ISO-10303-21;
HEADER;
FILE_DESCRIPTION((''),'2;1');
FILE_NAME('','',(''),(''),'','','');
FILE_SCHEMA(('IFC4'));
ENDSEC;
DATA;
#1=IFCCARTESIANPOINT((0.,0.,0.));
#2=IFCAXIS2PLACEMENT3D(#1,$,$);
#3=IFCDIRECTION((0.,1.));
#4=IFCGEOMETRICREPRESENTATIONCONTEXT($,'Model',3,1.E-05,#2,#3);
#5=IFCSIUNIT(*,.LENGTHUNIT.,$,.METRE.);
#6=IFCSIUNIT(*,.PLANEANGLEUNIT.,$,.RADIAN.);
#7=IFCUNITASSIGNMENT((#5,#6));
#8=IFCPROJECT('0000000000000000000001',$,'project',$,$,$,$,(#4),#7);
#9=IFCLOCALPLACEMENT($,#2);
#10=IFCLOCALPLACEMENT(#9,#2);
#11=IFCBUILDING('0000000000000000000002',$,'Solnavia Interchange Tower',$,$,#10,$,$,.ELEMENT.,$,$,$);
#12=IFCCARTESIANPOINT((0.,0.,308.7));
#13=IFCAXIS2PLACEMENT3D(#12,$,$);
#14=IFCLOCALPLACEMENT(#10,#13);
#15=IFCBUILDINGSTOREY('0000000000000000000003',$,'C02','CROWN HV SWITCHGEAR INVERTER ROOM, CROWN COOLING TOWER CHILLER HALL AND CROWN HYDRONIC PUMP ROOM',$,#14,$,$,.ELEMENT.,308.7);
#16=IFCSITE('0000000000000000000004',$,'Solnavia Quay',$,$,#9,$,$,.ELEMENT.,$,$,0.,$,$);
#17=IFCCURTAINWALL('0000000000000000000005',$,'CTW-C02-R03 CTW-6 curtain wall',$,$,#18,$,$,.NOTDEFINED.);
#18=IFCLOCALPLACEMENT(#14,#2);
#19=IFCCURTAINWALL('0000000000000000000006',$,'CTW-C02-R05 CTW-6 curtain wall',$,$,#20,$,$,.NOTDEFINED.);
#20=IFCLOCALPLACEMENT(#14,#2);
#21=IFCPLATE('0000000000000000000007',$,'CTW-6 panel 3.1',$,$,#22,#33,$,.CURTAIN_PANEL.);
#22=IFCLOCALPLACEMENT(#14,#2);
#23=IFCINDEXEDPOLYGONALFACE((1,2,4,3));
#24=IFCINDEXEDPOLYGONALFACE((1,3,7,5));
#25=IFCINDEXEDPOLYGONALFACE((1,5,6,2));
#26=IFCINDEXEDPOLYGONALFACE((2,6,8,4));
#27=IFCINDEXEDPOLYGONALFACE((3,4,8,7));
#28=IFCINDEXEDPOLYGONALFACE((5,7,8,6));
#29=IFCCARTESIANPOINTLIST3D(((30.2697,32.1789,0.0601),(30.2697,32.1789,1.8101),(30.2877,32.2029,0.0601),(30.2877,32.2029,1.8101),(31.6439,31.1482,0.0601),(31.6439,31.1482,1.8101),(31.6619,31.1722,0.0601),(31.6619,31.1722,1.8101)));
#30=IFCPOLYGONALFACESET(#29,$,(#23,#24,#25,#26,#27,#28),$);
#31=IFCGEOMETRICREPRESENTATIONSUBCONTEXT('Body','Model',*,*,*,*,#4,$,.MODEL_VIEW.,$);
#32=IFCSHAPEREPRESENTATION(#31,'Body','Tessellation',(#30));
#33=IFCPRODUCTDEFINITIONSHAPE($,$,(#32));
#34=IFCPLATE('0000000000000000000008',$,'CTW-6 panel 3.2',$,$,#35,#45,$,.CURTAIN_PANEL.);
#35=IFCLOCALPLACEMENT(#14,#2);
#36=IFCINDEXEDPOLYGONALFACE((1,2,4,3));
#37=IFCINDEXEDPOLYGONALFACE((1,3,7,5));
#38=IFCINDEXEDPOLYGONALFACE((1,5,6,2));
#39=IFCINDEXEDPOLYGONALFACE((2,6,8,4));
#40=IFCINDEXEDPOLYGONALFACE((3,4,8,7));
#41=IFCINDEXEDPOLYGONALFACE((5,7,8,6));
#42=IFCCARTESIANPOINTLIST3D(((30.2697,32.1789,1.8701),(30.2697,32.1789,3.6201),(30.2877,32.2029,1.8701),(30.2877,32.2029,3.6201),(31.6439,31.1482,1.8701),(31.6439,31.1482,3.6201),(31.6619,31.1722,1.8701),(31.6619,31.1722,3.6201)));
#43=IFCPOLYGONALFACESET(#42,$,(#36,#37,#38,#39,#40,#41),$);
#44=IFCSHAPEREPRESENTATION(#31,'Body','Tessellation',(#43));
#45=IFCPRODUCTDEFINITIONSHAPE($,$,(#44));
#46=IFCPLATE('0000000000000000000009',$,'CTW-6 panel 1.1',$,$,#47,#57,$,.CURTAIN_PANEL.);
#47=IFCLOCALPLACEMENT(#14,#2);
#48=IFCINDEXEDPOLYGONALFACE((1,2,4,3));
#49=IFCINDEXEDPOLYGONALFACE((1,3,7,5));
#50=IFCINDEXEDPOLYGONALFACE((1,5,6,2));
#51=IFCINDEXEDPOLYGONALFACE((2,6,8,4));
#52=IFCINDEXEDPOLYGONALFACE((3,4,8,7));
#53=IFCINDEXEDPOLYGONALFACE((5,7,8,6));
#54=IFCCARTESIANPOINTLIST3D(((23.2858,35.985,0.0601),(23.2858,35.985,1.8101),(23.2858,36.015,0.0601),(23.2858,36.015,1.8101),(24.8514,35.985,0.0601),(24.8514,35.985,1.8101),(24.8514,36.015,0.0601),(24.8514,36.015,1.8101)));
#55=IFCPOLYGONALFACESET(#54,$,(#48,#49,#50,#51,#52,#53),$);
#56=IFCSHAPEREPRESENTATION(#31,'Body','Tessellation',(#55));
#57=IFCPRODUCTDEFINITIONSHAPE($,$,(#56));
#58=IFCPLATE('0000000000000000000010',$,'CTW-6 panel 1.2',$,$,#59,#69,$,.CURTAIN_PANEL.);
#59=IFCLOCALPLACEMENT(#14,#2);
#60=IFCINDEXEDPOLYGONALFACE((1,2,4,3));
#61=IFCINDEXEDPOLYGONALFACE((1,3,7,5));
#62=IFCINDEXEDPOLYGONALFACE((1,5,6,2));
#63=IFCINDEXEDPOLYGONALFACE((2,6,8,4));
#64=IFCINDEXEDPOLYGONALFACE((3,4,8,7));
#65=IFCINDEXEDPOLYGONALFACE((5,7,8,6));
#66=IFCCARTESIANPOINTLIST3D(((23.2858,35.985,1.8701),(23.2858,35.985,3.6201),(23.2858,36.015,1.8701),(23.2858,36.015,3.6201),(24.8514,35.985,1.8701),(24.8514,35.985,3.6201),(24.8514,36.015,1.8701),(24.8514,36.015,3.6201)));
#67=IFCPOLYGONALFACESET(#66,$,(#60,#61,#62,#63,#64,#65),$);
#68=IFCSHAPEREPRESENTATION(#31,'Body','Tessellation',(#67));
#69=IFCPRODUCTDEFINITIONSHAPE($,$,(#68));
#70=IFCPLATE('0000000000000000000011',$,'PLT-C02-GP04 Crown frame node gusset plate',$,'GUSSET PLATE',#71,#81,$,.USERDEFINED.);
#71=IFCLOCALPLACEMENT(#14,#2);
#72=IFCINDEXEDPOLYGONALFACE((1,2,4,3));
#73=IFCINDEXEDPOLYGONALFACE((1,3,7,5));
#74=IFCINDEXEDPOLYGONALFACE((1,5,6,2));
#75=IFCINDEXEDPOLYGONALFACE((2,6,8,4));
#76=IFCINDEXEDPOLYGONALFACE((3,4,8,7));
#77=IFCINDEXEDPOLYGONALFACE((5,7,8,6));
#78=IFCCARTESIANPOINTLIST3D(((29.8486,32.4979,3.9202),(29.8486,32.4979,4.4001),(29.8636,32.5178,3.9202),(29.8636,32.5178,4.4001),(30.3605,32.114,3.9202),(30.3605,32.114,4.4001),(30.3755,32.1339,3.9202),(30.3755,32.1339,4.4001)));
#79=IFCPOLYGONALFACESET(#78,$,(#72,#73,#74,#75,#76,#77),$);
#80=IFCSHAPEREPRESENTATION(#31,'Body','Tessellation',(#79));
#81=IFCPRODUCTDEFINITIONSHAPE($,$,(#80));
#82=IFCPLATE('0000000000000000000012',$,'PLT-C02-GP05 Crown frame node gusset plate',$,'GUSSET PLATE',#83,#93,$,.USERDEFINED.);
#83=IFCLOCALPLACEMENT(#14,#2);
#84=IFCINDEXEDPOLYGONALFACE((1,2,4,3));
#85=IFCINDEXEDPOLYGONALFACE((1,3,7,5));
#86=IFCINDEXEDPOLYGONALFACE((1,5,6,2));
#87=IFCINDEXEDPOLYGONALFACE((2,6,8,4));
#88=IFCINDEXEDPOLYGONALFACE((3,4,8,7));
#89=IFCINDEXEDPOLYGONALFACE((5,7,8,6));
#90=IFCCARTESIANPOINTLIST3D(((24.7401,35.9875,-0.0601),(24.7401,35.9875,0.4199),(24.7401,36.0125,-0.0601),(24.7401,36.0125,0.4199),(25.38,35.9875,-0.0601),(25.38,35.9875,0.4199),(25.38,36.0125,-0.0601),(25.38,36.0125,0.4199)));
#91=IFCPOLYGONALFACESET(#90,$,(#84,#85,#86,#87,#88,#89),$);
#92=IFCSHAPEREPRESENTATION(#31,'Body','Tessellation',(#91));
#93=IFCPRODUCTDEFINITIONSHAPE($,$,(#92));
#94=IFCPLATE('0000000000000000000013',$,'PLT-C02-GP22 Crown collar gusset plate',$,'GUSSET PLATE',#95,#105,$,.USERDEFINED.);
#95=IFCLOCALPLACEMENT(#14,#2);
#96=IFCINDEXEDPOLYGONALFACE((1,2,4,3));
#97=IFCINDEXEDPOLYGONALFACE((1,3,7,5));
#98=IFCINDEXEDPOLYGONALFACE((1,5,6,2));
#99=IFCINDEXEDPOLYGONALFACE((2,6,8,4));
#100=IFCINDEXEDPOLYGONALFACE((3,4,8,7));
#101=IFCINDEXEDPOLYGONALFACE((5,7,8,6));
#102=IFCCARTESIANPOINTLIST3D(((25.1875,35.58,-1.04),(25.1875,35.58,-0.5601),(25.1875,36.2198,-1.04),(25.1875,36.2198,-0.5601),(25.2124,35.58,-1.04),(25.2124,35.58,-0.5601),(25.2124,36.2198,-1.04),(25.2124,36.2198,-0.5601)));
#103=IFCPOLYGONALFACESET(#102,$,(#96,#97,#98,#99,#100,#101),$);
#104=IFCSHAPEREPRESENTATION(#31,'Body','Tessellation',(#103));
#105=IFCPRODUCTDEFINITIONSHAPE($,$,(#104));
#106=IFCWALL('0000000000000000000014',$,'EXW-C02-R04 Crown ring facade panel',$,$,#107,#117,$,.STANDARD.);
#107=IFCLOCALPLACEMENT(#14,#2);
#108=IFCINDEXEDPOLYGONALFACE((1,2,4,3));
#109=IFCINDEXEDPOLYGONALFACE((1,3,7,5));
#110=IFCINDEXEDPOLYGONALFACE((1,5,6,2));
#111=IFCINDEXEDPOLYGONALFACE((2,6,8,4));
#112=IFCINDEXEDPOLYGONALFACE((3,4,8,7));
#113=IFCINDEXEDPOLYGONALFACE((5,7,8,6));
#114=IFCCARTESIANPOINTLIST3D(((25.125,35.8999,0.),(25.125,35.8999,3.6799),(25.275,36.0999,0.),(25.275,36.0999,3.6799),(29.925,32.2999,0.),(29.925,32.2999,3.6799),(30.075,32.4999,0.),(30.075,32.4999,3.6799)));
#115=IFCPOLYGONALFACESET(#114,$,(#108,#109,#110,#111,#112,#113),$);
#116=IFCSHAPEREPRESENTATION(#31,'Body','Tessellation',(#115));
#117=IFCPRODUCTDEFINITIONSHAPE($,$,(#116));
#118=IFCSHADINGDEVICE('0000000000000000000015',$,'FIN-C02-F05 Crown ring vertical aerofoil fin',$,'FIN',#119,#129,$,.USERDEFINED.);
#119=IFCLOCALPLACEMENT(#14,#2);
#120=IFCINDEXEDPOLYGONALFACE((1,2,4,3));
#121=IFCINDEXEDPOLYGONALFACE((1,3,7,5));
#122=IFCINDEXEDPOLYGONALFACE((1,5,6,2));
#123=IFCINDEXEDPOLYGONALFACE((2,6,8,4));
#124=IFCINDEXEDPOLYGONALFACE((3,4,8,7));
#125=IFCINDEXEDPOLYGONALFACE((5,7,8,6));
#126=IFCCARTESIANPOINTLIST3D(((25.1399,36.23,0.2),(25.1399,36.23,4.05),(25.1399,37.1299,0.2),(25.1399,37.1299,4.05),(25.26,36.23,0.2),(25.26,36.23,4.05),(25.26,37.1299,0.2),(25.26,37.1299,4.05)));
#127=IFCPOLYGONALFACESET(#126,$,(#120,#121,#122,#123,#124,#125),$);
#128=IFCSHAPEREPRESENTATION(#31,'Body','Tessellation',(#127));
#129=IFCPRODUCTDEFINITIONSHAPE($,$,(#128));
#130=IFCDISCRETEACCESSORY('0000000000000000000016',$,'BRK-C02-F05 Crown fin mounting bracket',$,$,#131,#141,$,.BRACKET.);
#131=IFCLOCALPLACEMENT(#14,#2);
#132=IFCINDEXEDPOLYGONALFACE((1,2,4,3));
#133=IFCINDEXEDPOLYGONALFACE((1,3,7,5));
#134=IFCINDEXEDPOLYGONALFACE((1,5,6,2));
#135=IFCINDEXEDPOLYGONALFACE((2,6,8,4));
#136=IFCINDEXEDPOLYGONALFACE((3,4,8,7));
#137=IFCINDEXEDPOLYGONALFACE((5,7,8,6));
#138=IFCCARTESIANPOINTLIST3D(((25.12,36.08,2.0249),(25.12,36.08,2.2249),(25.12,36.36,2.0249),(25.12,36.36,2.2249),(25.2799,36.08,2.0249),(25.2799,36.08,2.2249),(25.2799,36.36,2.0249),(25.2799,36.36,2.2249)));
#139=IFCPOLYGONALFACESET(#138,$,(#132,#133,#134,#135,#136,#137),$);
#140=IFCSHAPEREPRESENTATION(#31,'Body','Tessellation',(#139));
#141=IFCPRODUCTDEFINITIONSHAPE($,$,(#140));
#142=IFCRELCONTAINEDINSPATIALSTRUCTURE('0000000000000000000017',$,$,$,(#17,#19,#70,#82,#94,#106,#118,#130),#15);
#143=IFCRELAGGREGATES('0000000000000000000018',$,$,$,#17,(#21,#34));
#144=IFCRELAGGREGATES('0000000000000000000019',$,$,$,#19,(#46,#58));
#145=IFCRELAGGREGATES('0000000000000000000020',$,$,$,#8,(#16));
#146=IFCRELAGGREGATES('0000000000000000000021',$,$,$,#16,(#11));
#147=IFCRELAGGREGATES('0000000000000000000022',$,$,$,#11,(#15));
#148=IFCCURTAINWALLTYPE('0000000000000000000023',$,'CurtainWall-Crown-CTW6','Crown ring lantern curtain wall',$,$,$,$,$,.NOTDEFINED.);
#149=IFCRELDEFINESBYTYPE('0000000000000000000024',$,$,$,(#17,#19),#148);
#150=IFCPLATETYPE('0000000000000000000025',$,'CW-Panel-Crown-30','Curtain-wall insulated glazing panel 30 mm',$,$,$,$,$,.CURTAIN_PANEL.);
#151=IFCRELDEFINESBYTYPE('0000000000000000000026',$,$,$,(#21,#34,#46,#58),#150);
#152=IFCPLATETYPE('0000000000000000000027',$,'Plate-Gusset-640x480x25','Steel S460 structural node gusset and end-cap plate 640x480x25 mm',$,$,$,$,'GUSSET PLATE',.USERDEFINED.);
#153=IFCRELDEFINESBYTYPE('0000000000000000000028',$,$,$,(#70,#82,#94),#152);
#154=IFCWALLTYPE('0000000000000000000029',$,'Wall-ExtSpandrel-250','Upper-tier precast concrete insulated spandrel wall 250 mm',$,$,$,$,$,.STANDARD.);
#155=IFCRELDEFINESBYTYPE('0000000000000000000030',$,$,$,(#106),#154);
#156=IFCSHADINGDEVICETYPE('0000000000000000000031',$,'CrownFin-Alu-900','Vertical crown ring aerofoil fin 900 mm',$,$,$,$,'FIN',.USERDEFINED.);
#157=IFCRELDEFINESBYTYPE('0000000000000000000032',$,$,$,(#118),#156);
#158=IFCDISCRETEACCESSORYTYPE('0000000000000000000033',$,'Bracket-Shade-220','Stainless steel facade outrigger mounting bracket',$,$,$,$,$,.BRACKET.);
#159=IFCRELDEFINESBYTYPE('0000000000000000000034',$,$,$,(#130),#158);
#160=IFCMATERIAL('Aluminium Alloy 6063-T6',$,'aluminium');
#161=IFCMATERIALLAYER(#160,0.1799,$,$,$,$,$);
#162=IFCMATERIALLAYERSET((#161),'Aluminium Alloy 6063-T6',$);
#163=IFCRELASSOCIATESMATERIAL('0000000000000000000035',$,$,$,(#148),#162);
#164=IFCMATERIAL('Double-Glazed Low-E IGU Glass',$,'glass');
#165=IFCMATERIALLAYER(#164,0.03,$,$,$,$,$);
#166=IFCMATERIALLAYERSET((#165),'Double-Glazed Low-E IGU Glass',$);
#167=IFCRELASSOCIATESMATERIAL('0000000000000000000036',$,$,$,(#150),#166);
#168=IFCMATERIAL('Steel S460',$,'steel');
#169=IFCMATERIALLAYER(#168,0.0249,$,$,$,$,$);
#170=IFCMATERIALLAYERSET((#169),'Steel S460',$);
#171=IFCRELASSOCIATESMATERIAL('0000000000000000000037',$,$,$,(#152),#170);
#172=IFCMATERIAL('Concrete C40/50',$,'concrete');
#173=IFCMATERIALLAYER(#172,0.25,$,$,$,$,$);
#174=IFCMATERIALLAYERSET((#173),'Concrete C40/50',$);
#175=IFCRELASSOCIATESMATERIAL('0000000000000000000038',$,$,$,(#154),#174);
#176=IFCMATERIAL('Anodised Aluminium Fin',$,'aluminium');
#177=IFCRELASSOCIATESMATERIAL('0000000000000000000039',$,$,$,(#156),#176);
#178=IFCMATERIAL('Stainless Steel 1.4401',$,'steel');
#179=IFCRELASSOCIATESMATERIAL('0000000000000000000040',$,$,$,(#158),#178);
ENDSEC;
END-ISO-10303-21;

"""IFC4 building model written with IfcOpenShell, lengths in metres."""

from ifc_helpers import new_model, si_unit, direction, frame, frame_2d, origin, origin_2d, place, context, subcontext, project, spatial, rectangle, extrude, material, layer, layer_set, type_object, element, aggregate, save


model = new_model("IFC4")

# Units and contexts
model_context = context("Model", 3, precision=1e-05, world=origin(), true_north=direction((0.0, 1.0)))
body_context = subcontext(model_context, "Body", "Model", "MODEL_VIEW")
ifc_project = project(units=[si_unit("LENGTHUNIT", "METRE"), si_unit("PLANEANGLEUNIT", "RADIAN")], contexts=[model_context])

# Site, building, storey
site_placement = place(None, origin())
site = spatial("IfcSite", under=ifc_project, at=site_placement, Name="Solnavia Quay", CompositionType="ELEMENT", RefElevation=0.0)
building_placement = place(site_placement, origin())
building = spatial("IfcBuilding", under=site, at=building_placement, Name="Solnavia Interchange Tower", CompositionType="ELEMENT")
storey_placement = place(building_placement, frame((0.0, 0.0, 308.7)))
storey = spatial("IfcBuildingStorey", under=building, at=storey_placement, Name="C02", Description="CROWN HV SWITCHGEAR INVERTER ROOM, CROWN COOLING TOWER CHILLER HALL AND CROWN HYDRONIC PUMP ROOM", CompositionType="ELEMENT", Elevation=308.7)

# Shared definitions
ifc_material_1 = material(Name="Steel S460", Category="steel")

# Curtain wall
ifc_material_2 = material(Name="Aluminium Alloy 6063-T6", Category="aluminium")
ifc_layer_1 = layer(ifc_material_2, 0.1799)
ifc_layer_set_1 = layer_set([ifc_layer_1], Name="Aluminium Alloy 6063-T6")
curtain_wall_type = type_object("IfcCurtainWallType", Name="CurtainWall-Crown-CTW6", Description="Crown ring lantern curtain wall", PredefinedType="NOTDEFINED", material=ifc_layer_set_1)
curtain_wall_1_placement = place(storey_placement, origin())
curtain_wall_1 = element("IfcCurtainWall", 1, at=curtain_wall_1_placement, inside=storey, type_object=curtain_wall_type, Name="CTW-C02-R03 CTW-6 curtain wall", PredefinedType="NOTDEFINED")

# Curtain wall
curtain_wall_2_placement = place(storey_placement, origin())
curtain_wall_2 = element("IfcCurtainWall", 2, at=curtain_wall_2_placement, inside=storey, type_object=curtain_wall_type, Name="CTW-C02-R05 CTW-6 curtain wall", PredefinedType="NOTDEFINED")

# Plates
ifc_material_3 = material(Name="Double-Glazed Low-E IGU Glass", Category="glass")
ifc_layer_2 = layer(ifc_material_3, 0.03)
ifc_layer_set_2 = layer_set([ifc_layer_2], Name="Double-Glazed Low-E IGU Glass")
plate_type_1 = type_object("IfcPlateType", Name="CW-Panel-Crown-30", Description="Curtain-wall insulated glazing panel 30 mm", PredefinedType="CURTAIN_PANEL", material=ifc_layer_set_2)
plate_1_placement = place(storey_placement, frame((30.9658, 31.6755, 0.0601), z_axis=(0.0, 0.0, 1.0), x_axis=(-0.8, 0.6, 0.0)))
plate_1 = element("IfcPlate", 3, at=plate_1_placement, type_object=plate_type_1, Name="CTW-6 panel 3.1", PredefinedType="CURTAIN_PANEL", context=body_context, shape_type="SweptSolid", body=[
    extrude(rectangle(XDim=1.7178, YDim=0.03, at=origin_2d()), origin(), (0.0, 0.0, 1.0), 1.75),
])
plate_2_placement = place(storey_placement, frame((30.9658, 31.6755, 1.8701), z_axis=(0.0, 0.0, 1.0), x_axis=(-0.8, 0.6, 0.0)))
plate_2 = element("IfcPlate", 4, at=plate_2_placement, type_object=plate_type_1, Name="CTW-6 panel 3.2", PredefinedType="CURTAIN_PANEL", context=body_context, shape_type="SweptSolid", body=[
    extrude(rectangle(XDim=1.7178, YDim=0.03, at=origin_2d()), origin(), (0.0, 0.0, 1.0), 1.75),
])
aggregate(curtain_wall_1, [plate_1, plate_2])
plate_3_placement = place(storey_placement, frame((24.0686, 36.0, 0.0601), z_axis=(0.0, 0.0, 1.0), x_axis=(-1.0, 0.0, 0.0)))
plate_3 = element("IfcPlate", 5, at=plate_3_placement, type_object=plate_type_1, Name="CTW-6 panel 1.1", PredefinedType="CURTAIN_PANEL", context=body_context, shape_type="SweptSolid", body=[
    extrude(rectangle(XDim=1.5657, YDim=0.03, at=origin_2d()), origin(), (0.0, 0.0, 1.0), 1.75),
])
plate_4_placement = place(storey_placement, frame((24.0686, 36.0, 1.8701), z_axis=(0.0, 0.0, 1.0), x_axis=(-1.0, 0.0, 0.0)))
plate_4 = element("IfcPlate", 6, at=plate_4_placement, type_object=plate_type_1, Name="CTW-6 panel 1.2", PredefinedType="CURTAIN_PANEL", context=body_context, shape_type="SweptSolid", body=[
    extrude(rectangle(XDim=1.5657, YDim=0.03, at=origin_2d()), origin(), (0.0, 0.0, 1.0), 1.75),
])
aggregate(curtain_wall_2, [plate_3, plate_4])

# Plates
ifc_layer_3 = layer(ifc_material_1, 0.0249)
ifc_layer_set_3 = layer_set([ifc_layer_3], Name="Steel S460")
plate_type_2 = type_object("IfcPlateType", Name="Plate-Gusset-640x480x25", Description="Steel S460 structural node gusset and end-cap plate 640x480x25 mm", ElementType="GUSSET PLATE", PredefinedType="USERDEFINED", material=ifc_layer_set_3)
for number, where, z_axis, x_axis, name in (
    (7, (30.1121, 32.3159, 3.9202), (0.0, 0.0, 1.0), (-0.799999, 0.600001, 0.0), "PLT-C02-GP04 Crown frame node gusset plate"),
    (8, (25.0601, 36.0, -0.0601), (0.0, 0.0, 1.0), (-1.0, 0.0, 0.0), "PLT-C02-GP05 Crown frame node gusset plate"),
    (9, (25.2, 35.8999, -1.04), (0.0, 0.0, 1.0), (0.0, 1.0, 0.0), "PLT-C02-GP22 Crown collar gusset plate"),
):
    element("IfcPlate", number, at=place(storey_placement, frame(where, z_axis=z_axis, x_axis=x_axis)), inside=storey, type_object=plate_type_2, Name=name, ObjectType="GUSSET PLATE", PredefinedType="USERDEFINED", context=body_context, shape_type="SweptSolid", body=[
        extrude(rectangle(XDim=0.6399, YDim=0.0249, at=origin_2d()), origin(), (0.0, 0.0, 1.0), 0.48),
    ])

# Wall
ifc_material_4 = material(Name="Concrete C40/50", Category="concrete")
ifc_layer_4 = layer(ifc_material_4, 0.25)
ifc_layer_set_4 = layer_set([ifc_layer_4], Name="Concrete C40/50")
wall_type = type_object("IfcWallType", Name="Wall-ExtSpandrel-250", Description="Upper-tier precast concrete insulated spandrel wall 250 mm", PredefinedType="STANDARD", material=ifc_layer_set_4)
wall_placement = place(storey_placement, frame((30.0, 32.3999, 0.0), z_axis=(0.0, 0.0, 1.0), x_axis=(-0.799995, 0.600007, 0.0)))
element("IfcWall", 10, at=wall_placement, inside=storey, type_object=wall_type, Name="EXW-C02-R04 Crown ring facade panel", PredefinedType="STANDARD", context=body_context, shape_type="SweptSolid", body=[
    extrude(rectangle(XDim=6.0, YDim=0.25, at=frame_2d((3.0, 0.0))), origin(), (0.0, 0.0, 1.0), 3.6799),
])

# Shading device
ifc_material_5 = material(Name="Anodised Aluminium Fin", Category="aluminium")
shading_device_type = type_object("IfcShadingDeviceType", Name="CrownFin-Alu-900", Description="Vertical crown ring aerofoil fin 900 mm", ElementType="FIN", PredefinedType="USERDEFINED", material=ifc_material_5)
shading_device_placement = place(storey_placement, frame((25.2, 36.6799, 0.2), z_axis=(0.0, 0.0, 1.0), x_axis=(0.0, 1.0, 0.0)))
element("IfcShadingDevice", 11, at=shading_device_placement, inside=storey, type_object=shading_device_type, Name="FIN-C02-F05 Crown ring vertical aerofoil fin", ObjectType="FIN", PredefinedType="USERDEFINED", context=body_context, shape_type="SweptSolid", body=[
    extrude(rectangle(XDim=0.8999, YDim=0.1201, at=origin_2d()), origin(), (0.0, 0.0, 1.0), 3.8501),
])

# Discrete accessory
ifc_material_6 = material(Name="Stainless Steel 1.4401", Category="steel")
discrete_accessory_type = type_object("IfcDiscreteAccessoryType", Name="Bracket-Shade-220", Description="Stainless steel facade outrigger mounting bracket", PredefinedType="BRACKET", material=ifc_material_6)
discrete_accessory_placement = place(storey_placement, frame((25.2, 36.22, 2.0249), z_axis=(0.0, 0.0, 1.0), x_axis=(0.0, 1.0, 0.0)))
element("IfcDiscreteAccessory", 12, at=discrete_accessory_placement, inside=storey, type_object=discrete_accessory_type, Name="BRK-C02-F05 Crown fin mounting bracket", PredefinedType="BRACKET", context=body_context, shape_type="SweptSolid", body=[
    extrude(rectangle(XDim=0.28, YDim=0.1599, at=origin_2d()), origin(), (0.0, 0.0, 1.0), 0.2),
])

save(model, "model.ifc")
